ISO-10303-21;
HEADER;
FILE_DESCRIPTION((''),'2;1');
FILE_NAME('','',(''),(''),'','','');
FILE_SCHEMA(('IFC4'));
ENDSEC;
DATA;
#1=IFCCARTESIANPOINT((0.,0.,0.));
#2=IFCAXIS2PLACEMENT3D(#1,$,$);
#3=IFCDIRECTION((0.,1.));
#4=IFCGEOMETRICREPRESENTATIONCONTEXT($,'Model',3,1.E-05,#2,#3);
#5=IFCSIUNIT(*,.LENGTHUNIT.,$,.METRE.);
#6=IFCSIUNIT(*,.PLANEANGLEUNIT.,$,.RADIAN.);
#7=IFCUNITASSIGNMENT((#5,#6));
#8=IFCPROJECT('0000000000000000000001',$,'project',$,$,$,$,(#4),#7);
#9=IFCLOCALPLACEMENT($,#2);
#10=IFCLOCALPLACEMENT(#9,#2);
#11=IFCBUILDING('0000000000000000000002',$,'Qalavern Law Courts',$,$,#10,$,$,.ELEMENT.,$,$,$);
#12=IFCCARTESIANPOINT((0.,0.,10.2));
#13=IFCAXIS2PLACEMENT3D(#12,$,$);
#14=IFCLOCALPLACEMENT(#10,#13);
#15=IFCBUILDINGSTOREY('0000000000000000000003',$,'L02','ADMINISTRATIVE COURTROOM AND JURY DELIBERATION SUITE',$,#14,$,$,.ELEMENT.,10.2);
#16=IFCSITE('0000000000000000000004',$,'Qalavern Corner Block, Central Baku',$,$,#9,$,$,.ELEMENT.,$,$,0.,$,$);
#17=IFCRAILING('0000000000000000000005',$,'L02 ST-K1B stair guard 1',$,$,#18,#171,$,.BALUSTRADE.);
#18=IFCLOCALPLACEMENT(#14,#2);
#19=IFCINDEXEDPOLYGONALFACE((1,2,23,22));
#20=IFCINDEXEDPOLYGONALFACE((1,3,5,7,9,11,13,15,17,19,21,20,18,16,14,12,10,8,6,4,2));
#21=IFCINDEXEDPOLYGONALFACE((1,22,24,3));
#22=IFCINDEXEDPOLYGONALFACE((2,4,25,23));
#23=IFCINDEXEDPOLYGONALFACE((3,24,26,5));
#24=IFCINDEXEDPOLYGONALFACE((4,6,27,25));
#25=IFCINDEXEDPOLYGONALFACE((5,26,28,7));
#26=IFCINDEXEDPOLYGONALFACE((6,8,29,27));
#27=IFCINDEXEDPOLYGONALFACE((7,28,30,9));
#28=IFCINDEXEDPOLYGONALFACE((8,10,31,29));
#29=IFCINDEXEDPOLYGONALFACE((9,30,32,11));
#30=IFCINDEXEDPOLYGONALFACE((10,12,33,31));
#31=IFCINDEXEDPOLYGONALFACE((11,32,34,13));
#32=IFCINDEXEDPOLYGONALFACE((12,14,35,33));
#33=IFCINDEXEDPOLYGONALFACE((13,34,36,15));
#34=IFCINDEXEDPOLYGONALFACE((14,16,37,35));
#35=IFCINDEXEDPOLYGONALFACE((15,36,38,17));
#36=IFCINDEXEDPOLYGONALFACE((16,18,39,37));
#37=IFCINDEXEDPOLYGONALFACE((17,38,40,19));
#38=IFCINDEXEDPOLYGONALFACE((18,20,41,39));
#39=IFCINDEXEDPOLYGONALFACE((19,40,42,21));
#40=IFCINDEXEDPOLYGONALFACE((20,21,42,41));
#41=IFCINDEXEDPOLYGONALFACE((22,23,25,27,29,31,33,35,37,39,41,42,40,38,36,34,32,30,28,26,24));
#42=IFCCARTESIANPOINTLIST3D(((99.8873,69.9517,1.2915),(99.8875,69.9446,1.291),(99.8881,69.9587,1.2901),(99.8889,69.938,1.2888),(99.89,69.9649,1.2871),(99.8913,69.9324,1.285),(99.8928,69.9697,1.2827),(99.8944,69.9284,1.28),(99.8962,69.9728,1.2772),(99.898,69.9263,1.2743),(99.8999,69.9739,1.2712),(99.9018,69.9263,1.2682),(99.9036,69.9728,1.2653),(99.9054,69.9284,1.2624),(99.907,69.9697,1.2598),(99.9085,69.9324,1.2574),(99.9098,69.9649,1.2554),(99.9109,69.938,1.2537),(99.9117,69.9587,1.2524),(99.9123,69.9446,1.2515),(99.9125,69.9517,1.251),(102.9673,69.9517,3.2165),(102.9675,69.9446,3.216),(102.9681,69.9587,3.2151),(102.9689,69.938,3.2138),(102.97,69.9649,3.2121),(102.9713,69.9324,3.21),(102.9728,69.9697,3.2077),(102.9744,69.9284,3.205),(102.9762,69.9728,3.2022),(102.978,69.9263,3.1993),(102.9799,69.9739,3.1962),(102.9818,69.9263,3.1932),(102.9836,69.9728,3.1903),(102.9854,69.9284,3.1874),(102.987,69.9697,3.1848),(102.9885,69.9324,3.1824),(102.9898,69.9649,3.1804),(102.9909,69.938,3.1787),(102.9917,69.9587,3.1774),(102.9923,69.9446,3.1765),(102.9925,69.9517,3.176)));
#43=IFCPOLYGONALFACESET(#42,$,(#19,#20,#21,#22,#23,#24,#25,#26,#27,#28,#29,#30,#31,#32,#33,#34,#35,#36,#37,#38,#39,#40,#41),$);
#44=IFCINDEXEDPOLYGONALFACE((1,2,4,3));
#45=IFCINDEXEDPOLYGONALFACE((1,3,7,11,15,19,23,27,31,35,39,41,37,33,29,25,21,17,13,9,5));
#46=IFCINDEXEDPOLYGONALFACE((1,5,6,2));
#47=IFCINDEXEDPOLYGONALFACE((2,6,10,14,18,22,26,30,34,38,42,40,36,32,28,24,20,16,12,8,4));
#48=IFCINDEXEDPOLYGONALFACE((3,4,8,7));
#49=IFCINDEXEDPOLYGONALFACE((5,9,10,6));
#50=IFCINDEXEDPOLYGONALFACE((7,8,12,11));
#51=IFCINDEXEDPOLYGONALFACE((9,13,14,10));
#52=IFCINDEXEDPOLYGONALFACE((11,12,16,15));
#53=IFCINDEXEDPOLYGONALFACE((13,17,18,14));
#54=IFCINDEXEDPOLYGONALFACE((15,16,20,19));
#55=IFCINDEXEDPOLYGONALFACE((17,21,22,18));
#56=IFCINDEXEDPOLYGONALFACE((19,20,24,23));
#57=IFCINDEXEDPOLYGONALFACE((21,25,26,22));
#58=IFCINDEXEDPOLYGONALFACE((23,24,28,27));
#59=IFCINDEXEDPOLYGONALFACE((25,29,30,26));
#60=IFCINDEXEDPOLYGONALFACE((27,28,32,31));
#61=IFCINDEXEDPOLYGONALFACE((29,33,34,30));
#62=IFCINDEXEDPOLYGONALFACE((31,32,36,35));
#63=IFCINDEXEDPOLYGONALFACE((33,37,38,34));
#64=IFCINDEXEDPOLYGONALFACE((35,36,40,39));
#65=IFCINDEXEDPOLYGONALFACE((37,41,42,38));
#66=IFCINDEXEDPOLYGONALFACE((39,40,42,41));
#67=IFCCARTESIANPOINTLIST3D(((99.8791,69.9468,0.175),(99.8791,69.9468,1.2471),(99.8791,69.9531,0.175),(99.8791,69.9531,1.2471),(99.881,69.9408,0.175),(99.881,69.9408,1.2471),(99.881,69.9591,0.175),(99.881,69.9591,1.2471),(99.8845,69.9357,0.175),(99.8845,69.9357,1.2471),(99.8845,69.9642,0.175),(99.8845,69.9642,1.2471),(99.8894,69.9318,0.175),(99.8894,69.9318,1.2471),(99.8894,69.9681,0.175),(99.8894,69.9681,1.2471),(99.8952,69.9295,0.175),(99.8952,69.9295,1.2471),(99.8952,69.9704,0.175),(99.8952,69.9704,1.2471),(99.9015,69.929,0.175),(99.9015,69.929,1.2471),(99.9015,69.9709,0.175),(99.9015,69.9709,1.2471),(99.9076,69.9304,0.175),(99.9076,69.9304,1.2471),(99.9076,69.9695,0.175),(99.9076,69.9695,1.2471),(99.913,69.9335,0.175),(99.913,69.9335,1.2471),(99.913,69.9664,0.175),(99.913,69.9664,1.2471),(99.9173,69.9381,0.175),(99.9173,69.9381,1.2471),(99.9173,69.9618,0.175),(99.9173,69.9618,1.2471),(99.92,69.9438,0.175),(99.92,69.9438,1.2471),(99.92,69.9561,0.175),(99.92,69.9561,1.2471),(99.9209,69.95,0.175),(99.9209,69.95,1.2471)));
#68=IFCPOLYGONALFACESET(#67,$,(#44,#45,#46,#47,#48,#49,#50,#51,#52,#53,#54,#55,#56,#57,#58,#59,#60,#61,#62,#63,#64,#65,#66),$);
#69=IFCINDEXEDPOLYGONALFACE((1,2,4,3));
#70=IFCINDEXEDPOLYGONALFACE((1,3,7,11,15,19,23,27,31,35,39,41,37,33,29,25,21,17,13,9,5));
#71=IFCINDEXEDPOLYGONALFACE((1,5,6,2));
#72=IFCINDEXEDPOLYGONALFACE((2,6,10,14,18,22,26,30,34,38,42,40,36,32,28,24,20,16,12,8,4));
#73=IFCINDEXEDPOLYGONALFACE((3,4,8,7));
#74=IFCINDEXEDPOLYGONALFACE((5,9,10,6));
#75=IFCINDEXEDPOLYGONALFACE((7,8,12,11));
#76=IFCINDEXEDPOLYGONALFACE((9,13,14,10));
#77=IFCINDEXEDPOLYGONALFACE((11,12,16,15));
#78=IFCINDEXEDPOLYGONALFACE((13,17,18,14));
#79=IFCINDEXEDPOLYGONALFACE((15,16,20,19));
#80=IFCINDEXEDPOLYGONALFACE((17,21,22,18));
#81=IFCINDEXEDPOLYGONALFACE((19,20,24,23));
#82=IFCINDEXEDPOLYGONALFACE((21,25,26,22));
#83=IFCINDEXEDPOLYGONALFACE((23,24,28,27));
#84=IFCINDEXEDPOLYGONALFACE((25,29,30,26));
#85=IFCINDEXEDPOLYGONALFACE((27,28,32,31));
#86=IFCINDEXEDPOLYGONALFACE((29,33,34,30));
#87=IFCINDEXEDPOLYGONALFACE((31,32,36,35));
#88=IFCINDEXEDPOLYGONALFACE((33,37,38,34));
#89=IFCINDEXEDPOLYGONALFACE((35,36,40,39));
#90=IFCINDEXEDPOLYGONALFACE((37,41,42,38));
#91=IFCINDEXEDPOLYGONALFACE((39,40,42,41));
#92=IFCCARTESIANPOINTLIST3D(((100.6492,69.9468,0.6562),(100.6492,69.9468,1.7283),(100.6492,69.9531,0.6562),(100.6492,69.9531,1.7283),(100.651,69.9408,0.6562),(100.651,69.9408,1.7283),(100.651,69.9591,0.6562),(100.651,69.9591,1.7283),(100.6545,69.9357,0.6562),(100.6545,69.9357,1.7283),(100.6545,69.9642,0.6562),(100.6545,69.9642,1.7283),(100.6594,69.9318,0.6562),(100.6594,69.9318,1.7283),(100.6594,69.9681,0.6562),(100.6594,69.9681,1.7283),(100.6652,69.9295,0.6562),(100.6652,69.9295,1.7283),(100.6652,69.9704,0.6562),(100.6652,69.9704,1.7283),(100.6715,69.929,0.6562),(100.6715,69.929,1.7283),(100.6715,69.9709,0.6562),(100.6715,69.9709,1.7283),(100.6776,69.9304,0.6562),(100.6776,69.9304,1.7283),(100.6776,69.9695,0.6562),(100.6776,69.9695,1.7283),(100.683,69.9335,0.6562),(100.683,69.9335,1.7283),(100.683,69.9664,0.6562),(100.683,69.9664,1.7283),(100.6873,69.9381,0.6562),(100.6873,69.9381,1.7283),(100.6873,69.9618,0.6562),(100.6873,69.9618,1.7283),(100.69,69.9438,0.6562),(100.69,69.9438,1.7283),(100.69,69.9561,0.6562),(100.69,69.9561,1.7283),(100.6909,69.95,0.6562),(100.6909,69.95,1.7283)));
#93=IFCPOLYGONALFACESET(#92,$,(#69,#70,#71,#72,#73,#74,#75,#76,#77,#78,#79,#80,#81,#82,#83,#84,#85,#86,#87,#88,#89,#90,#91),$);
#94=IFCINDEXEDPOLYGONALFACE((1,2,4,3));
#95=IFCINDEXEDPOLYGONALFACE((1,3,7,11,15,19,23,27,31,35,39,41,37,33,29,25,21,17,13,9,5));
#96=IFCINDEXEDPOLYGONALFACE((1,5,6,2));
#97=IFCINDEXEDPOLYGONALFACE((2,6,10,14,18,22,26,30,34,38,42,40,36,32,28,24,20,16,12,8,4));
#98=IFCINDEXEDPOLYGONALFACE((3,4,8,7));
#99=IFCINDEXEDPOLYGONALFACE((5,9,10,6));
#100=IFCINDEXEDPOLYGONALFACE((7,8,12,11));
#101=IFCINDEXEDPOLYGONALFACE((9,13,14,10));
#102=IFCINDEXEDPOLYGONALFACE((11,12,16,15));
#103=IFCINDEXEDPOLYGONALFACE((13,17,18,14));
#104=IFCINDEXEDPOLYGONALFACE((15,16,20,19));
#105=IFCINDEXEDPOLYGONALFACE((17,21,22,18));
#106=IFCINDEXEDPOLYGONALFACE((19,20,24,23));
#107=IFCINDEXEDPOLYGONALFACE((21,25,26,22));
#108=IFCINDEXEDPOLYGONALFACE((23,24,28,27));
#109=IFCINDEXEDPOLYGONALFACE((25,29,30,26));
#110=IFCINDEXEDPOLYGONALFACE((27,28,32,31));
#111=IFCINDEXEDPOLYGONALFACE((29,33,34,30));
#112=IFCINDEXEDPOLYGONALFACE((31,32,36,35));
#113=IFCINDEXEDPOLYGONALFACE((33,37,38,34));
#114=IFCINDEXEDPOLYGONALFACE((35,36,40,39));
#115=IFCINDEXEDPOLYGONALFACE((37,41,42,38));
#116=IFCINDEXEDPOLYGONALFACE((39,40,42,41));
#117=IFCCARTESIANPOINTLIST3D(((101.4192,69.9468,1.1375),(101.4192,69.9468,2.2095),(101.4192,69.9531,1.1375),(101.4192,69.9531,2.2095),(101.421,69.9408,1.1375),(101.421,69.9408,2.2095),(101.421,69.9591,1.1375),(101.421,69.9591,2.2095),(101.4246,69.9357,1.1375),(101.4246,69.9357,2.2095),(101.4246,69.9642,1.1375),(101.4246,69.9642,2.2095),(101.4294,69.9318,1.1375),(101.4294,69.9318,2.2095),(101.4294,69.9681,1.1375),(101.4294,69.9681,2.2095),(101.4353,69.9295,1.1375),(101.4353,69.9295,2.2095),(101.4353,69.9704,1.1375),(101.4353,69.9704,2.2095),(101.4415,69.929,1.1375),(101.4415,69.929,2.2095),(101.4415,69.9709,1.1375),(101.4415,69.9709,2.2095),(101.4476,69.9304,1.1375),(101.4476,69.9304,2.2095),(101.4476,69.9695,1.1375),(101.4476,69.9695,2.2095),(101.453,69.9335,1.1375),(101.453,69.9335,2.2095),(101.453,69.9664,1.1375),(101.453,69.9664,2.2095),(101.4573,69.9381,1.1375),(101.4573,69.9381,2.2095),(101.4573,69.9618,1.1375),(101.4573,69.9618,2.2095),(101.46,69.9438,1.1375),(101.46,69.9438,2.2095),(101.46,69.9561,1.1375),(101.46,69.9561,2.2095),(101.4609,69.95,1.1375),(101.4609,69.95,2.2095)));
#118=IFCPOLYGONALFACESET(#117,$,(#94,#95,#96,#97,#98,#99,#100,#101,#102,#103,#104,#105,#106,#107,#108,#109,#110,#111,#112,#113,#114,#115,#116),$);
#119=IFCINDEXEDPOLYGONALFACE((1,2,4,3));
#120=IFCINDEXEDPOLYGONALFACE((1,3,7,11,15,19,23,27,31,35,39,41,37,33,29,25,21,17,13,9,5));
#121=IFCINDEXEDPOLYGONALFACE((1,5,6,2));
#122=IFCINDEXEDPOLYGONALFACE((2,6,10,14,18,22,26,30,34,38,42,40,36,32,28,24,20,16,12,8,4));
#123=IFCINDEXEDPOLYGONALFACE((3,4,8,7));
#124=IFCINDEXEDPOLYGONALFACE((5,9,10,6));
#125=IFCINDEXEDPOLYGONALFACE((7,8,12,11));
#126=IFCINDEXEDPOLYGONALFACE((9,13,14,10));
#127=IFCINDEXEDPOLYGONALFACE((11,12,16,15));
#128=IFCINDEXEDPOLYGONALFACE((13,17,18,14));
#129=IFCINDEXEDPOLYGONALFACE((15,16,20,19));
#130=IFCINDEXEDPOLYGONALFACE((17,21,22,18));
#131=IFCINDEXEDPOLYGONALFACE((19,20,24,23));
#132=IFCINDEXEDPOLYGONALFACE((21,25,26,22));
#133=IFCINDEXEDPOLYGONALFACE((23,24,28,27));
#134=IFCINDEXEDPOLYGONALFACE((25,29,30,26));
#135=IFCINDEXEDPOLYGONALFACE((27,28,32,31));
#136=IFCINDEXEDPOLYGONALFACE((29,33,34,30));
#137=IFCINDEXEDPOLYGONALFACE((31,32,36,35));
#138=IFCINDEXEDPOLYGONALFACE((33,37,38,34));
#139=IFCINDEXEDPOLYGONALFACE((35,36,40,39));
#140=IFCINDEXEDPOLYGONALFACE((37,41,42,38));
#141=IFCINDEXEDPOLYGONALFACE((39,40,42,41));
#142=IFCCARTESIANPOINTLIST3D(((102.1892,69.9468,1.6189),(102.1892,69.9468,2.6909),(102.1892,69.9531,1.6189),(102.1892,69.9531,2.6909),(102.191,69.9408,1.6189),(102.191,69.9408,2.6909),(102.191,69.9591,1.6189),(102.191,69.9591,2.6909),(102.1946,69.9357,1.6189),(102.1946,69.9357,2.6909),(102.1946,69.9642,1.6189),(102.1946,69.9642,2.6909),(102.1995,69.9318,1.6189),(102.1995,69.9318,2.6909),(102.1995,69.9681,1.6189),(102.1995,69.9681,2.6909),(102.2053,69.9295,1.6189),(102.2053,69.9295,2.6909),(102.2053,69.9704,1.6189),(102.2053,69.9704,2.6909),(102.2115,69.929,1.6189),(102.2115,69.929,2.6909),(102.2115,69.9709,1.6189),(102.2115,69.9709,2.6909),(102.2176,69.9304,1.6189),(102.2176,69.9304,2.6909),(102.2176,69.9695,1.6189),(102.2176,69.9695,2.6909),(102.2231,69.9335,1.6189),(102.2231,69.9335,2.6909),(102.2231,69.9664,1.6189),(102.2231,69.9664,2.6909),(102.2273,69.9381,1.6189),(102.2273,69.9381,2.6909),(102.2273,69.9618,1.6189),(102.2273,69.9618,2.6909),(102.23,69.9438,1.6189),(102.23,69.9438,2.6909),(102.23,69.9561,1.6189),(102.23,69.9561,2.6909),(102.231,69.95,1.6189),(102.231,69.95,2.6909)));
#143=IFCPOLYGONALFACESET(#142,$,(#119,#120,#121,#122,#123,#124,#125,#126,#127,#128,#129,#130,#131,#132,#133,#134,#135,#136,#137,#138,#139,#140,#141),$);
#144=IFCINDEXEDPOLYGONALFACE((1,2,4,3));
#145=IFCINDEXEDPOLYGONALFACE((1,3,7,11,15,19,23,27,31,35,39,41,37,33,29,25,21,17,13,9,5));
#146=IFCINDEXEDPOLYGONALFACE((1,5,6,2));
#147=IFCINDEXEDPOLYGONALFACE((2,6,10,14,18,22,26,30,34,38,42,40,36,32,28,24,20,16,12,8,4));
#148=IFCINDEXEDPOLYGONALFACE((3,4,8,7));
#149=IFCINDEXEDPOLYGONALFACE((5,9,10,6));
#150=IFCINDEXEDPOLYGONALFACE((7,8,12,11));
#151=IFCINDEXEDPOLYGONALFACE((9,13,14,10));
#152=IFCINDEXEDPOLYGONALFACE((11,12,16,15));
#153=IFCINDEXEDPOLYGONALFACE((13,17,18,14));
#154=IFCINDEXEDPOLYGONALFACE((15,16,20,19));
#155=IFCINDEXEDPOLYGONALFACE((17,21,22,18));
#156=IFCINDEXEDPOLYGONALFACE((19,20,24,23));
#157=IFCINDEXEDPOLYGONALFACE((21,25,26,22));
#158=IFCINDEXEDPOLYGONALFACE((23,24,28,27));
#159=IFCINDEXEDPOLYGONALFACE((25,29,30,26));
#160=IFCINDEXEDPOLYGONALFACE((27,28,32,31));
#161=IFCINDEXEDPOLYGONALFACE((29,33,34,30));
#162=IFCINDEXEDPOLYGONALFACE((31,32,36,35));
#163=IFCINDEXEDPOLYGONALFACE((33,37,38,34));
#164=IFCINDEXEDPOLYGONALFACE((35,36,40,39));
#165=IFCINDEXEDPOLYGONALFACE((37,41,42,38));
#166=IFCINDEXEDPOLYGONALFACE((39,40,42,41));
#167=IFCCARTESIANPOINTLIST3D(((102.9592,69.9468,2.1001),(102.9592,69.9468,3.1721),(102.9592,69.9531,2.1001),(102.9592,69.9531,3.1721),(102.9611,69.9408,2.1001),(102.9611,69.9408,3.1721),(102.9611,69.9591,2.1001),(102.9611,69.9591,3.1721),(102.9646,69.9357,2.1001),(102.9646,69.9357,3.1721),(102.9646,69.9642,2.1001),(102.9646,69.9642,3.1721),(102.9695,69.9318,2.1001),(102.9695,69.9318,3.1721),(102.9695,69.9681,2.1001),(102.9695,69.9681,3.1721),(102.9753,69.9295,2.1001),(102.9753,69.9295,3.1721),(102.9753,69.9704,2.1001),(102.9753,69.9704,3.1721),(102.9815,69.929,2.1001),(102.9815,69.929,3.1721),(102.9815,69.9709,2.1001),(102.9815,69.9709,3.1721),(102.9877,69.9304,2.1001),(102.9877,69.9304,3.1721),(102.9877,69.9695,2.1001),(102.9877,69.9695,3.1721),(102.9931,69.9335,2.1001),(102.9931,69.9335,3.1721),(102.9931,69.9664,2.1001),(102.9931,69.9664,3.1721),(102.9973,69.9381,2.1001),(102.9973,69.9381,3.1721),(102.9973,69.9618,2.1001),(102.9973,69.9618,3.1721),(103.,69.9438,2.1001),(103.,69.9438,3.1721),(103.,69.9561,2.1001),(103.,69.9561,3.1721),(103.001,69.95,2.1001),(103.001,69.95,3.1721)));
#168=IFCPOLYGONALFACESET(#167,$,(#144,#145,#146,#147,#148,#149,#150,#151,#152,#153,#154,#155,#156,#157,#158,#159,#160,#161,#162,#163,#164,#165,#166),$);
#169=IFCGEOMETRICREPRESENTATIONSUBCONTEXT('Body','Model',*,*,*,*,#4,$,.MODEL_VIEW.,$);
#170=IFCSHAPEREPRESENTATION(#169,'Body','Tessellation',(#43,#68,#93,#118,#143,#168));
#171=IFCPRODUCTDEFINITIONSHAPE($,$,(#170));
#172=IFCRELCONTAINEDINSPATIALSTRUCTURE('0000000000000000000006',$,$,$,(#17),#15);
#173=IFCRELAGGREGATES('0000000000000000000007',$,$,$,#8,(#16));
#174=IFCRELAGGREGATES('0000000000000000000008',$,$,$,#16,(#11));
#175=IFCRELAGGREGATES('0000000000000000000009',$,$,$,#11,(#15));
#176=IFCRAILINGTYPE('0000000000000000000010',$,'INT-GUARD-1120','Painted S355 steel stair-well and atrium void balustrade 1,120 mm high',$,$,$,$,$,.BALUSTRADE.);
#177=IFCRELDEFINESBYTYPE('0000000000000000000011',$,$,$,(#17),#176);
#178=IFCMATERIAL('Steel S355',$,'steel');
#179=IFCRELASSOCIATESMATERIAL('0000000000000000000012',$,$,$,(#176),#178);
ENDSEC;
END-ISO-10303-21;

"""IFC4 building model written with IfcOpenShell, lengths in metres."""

from ifc_helpers import new_model, si_unit, direction, frame, origin, origin_2d, place, context, subcontext, project, spatial, circle, extrude, material, type_object, element, save


model = new_model("IFC4")

# Units and contexts
model_context = context("Model", 3, precision=1e-05, world=origin(), true_north=direction((0.0, 1.0)))
body_context = subcontext(model_context, "Body", "Model", "MODEL_VIEW")
ifc_project = project(units=[si_unit("LENGTHUNIT", "METRE"), si_unit("PLANEANGLEUNIT", "RADIAN")], contexts=[model_context])

# Site, building, storey
site_placement = place(None, origin())
site = spatial("IfcSite", under=ifc_project, at=site_placement, Name="Qalavern Corner Block, Central Baku", CompositionType="ELEMENT", RefElevation=0.0)
building_placement = place(site_placement, origin())
building = spatial("IfcBuilding", under=site, at=building_placement, Name="Qalavern Law Courts", CompositionType="ELEMENT")
storey_placement = place(building_placement, frame((0.0, 0.0, 10.2)))
storey = spatial("IfcBuildingStorey", under=building, at=storey_placement, Name="L02", Description="ADMINISTRATIVE COURTROOM AND JURY DELIBERATION SUITE", CompositionType="ELEMENT", Elevation=10.2)

# Shared definitions
ifc_material_1 = material(Name="Steel S355", Category="steel")

# Railing
railing_type_1 = type_object("IfcRailingType", Name="INT-GUARD-1120", Description="Painted S355 steel stair-well and atrium void balustrade 1,120 mm high", PredefinedType="BALUSTRADE", material=ifc_material_1)
railing_1_placement = place(storey_placement, frame((99.8999, 69.95, 0.175)))
element("IfcRailing", 1, at=railing_1_placement, inside=storey, type_object=railing_type_1, Name="L02 ST-K1B stair guard 1", PredefinedType="BALUSTRADE", context=body_context, shape_type="SweptSolid", body=[
    extrude(circle(Radius=0.0239, at=origin_2d()), frame((0.0, 0.0, 1.0962), z_axis=(0.847998, 0.0, 0.529999), x_axis=(0.0, 1.0, 0.0)), (0.0, 0.0, 1.0), 3.6321),
    extrude(circle(Radius=0.021, at=origin_2d()), origin(), (0.0, 0.0, 1.0), 1.072),
    extrude(circle(Radius=0.021, at=origin_2d()), frame((0.77, 0.0, 0.4812)), (0.0, 0.0, 1.0), 1.072),
    extrude(circle(Radius=0.021, at=origin_2d()), frame((1.54, 0.0, 0.9624)), (0.0, 0.0, 1.0), 1.072),
    extrude(circle(Radius=0.021, at=origin_2d()), frame((2.3101, 0.0, 1.4438)), (0.0, 0.0, 1.0), 1.072),
    extrude(circle(Radius=0.021, at=origin_2d()), frame((3.0801, 0.0, 1.925)), (0.0, 0.0, 1.0), 1.072),
])

save(model, "model.ifc")
